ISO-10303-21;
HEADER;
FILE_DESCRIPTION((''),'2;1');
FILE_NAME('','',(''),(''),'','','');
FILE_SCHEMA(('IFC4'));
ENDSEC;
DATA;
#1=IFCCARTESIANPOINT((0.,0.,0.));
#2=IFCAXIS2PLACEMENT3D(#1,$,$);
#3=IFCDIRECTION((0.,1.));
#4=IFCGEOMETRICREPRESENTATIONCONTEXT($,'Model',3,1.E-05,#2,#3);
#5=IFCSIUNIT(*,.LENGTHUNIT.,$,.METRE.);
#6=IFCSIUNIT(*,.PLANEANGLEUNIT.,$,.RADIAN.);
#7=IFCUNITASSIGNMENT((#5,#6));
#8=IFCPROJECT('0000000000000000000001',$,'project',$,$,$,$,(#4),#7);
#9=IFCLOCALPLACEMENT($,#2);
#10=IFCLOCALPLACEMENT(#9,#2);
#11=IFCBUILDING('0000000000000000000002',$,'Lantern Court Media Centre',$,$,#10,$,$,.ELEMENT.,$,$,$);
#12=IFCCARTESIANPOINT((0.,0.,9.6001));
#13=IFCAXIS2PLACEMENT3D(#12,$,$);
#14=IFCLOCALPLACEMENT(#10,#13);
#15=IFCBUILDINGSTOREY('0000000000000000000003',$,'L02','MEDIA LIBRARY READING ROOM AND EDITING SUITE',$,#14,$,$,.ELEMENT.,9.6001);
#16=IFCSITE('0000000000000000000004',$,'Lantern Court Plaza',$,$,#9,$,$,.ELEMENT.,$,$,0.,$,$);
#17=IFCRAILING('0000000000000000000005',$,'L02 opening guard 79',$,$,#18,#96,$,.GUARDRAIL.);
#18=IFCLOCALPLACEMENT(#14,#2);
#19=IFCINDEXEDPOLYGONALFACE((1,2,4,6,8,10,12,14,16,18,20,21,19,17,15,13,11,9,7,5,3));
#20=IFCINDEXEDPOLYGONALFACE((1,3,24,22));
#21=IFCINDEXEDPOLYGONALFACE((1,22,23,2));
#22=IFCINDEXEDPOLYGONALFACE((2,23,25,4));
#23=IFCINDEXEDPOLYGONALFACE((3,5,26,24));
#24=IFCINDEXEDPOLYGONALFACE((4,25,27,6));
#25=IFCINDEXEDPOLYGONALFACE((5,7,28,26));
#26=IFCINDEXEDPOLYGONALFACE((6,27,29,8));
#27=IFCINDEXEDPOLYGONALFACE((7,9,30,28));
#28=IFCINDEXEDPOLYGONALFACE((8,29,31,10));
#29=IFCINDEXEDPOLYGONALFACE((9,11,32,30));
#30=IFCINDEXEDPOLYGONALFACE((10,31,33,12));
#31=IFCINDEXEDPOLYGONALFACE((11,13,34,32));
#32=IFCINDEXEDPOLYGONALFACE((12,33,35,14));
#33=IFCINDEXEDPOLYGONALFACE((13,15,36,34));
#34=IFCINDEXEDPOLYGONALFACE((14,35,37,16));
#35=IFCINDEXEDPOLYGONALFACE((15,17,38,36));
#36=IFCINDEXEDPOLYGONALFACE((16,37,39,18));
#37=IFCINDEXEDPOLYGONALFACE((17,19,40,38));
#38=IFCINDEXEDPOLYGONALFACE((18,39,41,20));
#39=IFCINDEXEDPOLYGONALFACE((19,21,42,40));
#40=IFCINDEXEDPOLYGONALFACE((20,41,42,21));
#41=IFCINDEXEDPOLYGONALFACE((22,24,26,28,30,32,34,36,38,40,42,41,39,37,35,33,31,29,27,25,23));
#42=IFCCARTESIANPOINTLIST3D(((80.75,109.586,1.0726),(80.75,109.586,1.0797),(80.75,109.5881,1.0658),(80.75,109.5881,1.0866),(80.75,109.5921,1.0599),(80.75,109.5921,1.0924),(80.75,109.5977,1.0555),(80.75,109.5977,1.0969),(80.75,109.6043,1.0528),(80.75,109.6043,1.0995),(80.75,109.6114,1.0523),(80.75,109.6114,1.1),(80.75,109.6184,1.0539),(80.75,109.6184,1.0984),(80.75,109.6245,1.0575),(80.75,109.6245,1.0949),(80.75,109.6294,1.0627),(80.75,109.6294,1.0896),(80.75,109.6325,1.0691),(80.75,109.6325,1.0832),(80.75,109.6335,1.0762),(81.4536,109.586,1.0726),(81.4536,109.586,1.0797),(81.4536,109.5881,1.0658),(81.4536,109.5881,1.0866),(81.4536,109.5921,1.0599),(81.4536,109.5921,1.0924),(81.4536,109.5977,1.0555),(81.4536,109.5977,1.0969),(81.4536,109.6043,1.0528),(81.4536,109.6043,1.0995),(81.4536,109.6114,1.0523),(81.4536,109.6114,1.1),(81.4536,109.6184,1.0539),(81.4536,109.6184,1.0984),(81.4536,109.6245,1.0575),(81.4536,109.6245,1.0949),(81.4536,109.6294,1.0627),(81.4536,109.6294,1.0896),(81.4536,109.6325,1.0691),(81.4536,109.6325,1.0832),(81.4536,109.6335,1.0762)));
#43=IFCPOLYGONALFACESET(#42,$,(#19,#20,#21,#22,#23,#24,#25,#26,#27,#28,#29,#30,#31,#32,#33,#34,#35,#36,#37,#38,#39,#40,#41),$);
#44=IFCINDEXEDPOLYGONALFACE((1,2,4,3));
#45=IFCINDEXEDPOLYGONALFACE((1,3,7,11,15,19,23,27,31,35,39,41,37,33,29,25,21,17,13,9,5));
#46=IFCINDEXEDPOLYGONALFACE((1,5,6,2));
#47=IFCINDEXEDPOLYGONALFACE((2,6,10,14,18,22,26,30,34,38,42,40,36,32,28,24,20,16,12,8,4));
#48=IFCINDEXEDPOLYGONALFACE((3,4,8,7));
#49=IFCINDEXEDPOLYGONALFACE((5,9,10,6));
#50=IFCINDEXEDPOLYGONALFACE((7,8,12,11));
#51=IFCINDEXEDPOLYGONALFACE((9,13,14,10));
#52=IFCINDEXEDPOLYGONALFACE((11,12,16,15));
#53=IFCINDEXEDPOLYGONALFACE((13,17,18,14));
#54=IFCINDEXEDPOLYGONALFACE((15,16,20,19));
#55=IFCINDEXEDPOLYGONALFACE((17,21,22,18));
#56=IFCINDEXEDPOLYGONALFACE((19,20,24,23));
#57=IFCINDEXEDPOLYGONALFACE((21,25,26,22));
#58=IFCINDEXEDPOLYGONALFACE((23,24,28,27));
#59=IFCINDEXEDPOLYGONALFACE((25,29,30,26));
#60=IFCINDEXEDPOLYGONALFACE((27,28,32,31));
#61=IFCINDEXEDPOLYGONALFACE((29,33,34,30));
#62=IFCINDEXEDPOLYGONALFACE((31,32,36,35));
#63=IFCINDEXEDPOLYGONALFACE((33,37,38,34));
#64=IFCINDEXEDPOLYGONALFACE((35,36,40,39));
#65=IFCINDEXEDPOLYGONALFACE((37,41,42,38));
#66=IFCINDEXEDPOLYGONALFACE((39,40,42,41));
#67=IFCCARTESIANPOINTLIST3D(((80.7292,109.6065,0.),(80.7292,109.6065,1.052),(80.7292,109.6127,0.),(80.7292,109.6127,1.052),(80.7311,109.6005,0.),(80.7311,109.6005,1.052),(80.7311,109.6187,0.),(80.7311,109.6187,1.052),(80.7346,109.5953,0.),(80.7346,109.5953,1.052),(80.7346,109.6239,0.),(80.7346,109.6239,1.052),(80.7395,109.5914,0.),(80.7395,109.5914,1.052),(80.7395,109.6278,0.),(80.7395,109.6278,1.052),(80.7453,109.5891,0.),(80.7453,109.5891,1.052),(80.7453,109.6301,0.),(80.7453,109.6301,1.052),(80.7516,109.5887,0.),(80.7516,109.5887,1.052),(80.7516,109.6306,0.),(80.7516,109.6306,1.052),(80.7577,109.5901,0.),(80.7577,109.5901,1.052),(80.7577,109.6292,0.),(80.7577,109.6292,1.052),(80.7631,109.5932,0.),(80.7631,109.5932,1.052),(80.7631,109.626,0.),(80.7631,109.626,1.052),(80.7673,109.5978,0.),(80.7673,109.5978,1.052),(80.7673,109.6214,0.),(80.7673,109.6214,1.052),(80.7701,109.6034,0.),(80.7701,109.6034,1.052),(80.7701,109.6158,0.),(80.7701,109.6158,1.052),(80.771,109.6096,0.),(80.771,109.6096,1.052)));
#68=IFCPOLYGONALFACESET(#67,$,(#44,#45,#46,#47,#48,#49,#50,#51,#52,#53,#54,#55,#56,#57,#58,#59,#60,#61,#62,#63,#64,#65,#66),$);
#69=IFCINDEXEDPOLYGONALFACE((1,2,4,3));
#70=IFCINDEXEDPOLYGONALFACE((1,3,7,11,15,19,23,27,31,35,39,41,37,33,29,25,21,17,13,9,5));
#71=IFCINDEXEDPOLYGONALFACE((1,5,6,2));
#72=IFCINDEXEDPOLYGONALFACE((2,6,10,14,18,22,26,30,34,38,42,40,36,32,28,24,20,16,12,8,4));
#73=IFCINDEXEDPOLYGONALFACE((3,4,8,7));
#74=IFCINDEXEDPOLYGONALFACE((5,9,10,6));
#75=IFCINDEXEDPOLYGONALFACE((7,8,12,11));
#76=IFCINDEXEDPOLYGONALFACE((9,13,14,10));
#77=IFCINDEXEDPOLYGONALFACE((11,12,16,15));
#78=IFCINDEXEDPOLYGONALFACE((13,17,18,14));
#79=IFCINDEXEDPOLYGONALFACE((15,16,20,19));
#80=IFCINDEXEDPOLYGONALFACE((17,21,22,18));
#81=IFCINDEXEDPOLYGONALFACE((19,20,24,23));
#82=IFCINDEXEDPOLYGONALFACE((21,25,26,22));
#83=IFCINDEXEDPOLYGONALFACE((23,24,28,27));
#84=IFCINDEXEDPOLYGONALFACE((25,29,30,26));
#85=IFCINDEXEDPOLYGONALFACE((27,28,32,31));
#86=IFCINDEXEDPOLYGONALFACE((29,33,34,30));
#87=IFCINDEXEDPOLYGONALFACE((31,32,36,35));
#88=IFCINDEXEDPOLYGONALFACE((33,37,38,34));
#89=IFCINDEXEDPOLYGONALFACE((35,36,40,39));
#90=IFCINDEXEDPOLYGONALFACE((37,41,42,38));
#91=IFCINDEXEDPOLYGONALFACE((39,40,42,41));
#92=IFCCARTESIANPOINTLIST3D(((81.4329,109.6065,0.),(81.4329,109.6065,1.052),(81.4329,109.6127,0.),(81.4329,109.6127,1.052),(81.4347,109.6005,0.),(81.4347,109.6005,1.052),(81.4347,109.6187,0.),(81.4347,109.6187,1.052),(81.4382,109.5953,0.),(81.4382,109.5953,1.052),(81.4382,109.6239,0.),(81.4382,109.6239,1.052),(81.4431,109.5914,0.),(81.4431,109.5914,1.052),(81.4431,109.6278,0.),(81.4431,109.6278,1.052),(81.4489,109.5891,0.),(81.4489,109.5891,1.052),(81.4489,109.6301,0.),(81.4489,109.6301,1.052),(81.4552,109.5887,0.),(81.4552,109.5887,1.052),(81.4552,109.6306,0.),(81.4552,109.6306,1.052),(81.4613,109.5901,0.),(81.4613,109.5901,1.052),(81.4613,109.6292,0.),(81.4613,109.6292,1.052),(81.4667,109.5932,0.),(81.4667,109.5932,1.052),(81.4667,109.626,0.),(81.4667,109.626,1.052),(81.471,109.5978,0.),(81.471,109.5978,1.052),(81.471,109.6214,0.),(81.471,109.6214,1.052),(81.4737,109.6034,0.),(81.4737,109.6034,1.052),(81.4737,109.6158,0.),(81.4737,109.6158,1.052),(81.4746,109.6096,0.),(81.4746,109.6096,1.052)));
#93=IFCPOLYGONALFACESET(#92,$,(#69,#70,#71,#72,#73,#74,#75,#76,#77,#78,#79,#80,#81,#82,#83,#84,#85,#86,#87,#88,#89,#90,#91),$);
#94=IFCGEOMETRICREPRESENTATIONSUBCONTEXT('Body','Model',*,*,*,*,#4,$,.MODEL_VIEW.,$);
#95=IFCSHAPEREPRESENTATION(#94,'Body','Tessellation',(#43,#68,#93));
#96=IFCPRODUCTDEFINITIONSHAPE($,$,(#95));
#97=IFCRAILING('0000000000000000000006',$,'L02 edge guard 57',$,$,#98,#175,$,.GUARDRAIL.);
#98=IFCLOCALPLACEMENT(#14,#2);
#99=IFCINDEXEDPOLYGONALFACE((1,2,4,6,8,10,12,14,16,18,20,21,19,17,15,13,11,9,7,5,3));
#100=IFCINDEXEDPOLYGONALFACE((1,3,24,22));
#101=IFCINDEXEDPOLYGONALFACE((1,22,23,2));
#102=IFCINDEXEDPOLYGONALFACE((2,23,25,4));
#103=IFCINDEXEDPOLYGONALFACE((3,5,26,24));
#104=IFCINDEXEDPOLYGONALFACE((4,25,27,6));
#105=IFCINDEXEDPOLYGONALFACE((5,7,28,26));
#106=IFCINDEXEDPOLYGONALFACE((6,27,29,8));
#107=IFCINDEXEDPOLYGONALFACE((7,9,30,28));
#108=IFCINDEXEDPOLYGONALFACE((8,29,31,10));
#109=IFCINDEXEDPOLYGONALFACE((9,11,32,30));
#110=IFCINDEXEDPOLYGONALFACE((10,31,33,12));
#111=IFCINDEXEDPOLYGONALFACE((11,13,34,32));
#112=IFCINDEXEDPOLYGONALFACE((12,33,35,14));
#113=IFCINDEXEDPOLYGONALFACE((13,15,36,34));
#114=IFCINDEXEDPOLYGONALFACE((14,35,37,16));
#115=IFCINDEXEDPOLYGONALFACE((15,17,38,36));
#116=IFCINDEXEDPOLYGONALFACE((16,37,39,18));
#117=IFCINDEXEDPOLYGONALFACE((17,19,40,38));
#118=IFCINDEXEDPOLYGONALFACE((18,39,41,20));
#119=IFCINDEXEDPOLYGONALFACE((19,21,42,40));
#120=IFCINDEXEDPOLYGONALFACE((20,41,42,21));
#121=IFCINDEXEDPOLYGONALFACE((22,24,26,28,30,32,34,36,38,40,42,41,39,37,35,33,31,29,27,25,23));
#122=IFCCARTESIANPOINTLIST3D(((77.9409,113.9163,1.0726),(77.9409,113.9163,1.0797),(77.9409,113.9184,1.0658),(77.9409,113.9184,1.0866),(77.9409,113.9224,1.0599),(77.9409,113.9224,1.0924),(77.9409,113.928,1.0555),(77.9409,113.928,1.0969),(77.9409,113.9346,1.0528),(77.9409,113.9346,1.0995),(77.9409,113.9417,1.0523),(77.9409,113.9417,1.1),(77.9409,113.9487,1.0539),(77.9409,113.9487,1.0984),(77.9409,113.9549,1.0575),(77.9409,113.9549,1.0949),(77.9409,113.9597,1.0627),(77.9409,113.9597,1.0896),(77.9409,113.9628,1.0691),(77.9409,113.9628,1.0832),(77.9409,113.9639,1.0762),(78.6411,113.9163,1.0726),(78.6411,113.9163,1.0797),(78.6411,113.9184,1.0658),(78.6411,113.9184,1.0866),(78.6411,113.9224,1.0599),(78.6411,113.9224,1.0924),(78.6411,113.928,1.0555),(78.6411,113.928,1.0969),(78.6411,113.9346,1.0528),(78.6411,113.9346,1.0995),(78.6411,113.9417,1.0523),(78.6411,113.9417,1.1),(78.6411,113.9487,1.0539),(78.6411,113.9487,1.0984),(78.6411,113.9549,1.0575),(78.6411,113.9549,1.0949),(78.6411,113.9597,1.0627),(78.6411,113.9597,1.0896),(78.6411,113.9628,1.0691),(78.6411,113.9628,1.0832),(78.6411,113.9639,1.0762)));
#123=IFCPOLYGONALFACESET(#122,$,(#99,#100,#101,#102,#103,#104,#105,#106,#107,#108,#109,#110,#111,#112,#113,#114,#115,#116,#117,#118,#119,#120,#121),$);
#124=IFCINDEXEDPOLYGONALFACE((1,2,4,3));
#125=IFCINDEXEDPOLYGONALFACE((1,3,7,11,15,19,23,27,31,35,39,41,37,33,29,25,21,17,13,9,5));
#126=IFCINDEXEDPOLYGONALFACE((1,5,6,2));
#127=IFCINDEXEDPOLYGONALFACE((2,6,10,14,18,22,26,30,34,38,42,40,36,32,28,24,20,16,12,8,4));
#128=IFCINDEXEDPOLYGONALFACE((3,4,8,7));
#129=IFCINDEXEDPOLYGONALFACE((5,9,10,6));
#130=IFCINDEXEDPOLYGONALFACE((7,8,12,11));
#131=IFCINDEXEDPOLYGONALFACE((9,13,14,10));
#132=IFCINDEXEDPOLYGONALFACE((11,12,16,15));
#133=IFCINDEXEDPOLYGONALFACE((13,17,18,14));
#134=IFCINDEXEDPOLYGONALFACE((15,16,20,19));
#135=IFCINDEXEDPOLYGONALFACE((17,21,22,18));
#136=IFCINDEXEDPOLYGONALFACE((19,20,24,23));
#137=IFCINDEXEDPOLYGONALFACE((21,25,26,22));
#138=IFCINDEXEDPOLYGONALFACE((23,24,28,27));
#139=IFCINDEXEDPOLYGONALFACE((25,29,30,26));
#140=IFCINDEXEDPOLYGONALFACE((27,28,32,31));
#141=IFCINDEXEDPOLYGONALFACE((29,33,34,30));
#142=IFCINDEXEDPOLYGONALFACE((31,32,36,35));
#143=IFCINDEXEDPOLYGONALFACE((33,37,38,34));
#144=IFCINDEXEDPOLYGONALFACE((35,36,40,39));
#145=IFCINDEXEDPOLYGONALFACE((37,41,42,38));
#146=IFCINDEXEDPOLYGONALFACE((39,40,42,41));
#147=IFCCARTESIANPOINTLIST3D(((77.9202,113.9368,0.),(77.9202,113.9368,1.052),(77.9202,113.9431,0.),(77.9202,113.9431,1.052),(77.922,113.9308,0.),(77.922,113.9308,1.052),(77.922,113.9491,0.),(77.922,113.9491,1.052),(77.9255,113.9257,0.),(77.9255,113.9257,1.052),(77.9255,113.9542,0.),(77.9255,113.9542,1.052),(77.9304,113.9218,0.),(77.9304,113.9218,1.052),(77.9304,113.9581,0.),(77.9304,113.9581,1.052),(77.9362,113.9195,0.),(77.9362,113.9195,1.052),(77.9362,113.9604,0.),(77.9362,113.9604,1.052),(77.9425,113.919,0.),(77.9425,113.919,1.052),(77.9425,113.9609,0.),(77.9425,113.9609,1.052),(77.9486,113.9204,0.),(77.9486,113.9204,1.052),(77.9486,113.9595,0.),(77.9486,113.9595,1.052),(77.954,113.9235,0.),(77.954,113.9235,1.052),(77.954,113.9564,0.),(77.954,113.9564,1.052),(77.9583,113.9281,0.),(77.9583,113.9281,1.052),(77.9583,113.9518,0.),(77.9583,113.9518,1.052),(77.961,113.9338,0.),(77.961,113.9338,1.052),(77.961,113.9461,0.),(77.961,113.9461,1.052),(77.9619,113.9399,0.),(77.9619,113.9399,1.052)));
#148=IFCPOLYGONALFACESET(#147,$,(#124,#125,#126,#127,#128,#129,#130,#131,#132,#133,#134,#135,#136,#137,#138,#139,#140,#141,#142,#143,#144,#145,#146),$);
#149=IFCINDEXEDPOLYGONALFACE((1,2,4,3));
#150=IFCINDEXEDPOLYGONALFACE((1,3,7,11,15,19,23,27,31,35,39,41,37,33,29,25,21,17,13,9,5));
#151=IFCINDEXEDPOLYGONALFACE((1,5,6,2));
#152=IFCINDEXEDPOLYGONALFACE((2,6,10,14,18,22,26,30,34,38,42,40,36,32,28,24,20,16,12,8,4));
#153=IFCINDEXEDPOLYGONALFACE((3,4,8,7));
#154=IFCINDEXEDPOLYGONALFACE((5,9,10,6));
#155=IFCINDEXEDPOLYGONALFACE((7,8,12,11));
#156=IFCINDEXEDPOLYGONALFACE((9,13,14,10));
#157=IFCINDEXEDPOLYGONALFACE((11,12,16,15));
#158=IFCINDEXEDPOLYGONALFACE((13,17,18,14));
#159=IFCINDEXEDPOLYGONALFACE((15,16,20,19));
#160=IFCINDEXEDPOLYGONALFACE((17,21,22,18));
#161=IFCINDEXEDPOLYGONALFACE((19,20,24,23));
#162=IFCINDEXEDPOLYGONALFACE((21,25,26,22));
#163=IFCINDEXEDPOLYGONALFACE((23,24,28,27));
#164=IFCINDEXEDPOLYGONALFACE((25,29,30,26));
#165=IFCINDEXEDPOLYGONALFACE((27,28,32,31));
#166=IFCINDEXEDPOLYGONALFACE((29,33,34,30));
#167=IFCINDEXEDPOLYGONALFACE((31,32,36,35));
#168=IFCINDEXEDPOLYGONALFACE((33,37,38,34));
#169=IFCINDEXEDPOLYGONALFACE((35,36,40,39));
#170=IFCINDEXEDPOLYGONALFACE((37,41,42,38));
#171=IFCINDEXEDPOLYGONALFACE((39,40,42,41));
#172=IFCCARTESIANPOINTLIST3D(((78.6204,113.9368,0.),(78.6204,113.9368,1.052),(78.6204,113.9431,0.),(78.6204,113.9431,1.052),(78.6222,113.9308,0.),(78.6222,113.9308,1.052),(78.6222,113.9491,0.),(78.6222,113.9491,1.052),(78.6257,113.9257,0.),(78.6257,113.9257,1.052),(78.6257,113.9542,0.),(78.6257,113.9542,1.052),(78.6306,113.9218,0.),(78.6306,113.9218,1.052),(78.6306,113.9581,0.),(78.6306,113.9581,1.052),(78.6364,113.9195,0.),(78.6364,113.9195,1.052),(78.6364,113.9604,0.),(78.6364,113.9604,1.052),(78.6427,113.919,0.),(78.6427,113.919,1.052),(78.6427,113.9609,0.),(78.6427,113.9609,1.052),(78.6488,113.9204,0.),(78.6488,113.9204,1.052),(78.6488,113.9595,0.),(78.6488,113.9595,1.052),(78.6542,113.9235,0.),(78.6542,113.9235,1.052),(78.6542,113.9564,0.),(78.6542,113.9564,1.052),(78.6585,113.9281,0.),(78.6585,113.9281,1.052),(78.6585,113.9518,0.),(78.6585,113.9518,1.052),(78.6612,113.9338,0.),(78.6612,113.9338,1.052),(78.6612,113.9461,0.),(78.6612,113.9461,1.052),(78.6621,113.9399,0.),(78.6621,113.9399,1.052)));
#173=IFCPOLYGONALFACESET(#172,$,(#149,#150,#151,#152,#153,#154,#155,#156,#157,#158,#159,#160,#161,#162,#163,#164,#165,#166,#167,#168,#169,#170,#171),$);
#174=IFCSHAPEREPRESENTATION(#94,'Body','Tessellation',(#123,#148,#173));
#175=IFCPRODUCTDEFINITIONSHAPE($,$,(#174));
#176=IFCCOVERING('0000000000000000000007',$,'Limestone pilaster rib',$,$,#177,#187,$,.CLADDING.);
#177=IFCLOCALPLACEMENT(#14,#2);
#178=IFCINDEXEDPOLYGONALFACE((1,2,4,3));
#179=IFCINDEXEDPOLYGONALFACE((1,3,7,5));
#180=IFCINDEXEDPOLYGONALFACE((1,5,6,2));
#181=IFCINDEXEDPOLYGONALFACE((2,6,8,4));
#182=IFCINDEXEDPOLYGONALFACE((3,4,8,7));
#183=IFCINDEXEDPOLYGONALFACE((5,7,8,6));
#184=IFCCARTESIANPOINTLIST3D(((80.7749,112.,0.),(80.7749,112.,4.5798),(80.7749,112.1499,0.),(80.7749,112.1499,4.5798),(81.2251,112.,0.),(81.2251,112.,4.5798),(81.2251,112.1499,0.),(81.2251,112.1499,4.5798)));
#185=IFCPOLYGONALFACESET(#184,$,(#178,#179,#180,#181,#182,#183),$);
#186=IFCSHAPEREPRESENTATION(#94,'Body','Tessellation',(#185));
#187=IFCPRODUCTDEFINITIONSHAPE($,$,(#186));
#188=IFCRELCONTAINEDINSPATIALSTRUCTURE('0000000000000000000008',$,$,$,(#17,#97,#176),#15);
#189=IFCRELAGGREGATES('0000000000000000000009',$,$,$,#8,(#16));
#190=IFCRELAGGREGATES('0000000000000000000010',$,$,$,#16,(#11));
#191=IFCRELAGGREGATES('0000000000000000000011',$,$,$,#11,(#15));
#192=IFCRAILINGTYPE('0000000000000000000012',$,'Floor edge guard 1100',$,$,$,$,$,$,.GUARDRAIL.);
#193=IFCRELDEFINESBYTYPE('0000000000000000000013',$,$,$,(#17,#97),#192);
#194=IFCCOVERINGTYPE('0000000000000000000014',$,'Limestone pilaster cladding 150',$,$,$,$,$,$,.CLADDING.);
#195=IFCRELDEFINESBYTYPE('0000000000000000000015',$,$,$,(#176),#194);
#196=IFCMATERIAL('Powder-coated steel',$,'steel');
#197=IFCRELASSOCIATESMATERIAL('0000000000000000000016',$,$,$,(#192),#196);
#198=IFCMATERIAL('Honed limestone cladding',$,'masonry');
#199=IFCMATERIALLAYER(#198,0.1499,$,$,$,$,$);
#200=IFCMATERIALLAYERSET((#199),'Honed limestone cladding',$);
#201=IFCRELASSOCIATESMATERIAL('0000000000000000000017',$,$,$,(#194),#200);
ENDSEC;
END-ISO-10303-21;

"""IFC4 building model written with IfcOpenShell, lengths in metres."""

from ifc_helpers import new_model, si_unit, direction, frame, frame_2d, origin, origin_2d, place, context, subcontext, project, spatial, rectangle, circle, extrude, material, layer, layer_set, type_object, element, save


model = new_model("IFC4")

# Units and contexts
model_context = context("Model", 3, precision=1e-05, world=origin(), true_north=direction((0.0, 1.0)))
body_context = subcontext(model_context, "Body", "Model", "MODEL_VIEW")
ifc_project = project(units=[si_unit("LENGTHUNIT", "METRE"), si_unit("PLANEANGLEUNIT", "RADIAN")], contexts=[model_context])

# Site, building, storey
site_placement = place(None, origin())
site = spatial("IfcSite", under=ifc_project, at=site_placement, Name="Lantern Court Plaza", CompositionType="ELEMENT", RefElevation=0.0)
building_placement = place(site_placement, origin())
building = spatial("IfcBuilding", under=site, at=building_placement, Name="Lantern Court Media Centre", CompositionType="ELEMENT")
storey_placement = place(building_placement, frame((0.0, 0.0, 9.6001)))
storey = spatial("IfcBuildingStorey", under=building, at=storey_placement, Name="L02", Description="MEDIA LIBRARY READING ROOM AND EDITING SUITE", CompositionType="ELEMENT", Elevation=9.6001)

# Railings
ifc_material_1 = material(Name="Powder-coated steel", Category="steel")
railing_type_1 = type_object("IfcRailingType", Name="Floor edge guard 1100", PredefinedType="GUARDRAIL", material=ifc_material_1)
railing_1_placement = place(storey_placement, frame((80.75, 109.6096, 0.0)))
element("IfcRailing", 1, at=railing_1_placement, inside=storey, type_object=railing_type_1, Name="L02 opening guard 79", PredefinedType="GUARDRAIL", context=body_context, shape_type="SweptSolid", body=[
    extrude(circle(Radius=0.0239, at=origin_2d()), frame((0.0, 0.0, 1.0762), z_axis=(1.0, 0.0, 0.0), x_axis=(0.0, 1.0, 0.0)), (0.0, 0.0, 1.0), 0.7036),
    extrude(circle(Radius=0.021, at=origin_2d()), origin(), (0.0, 0.0, 1.0), 1.052),
    extrude(circle(Radius=0.021, at=origin_2d()), frame((0.7036, 0.0, 0.0)), (0.0, 0.0, 1.0), 1.052),
])
railing_2_placement = place(storey_placement, frame((77.9409, 113.9399, 0.0)))
element("IfcRailing", 2, at=railing_2_placement, inside=storey, type_object=railing_type_1, Name="L02 edge guard 57", PredefinedType="GUARDRAIL", context=body_context, shape_type="SweptSolid", body=[
    extrude(circle(Radius=0.0239, at=origin_2d()), frame((0.0, 0.0, 1.0762), z_axis=(1.0, 0.0, 0.0), x_axis=(0.0, 1.0, 0.0)), (0.0, 0.0, 1.0), 0.7002),
    extrude(circle(Radius=0.021, at=origin_2d()), origin(), (0.0, 0.0, 1.0), 1.052),
    extrude(circle(Radius=0.021, at=origin_2d()), frame((0.7002, 0.0, 0.0)), (0.0, 0.0, 1.0), 1.052),
])

# Covering
ifc_material_2 = material(Name="Honed limestone cladding", Category="masonry")
ifc_layer_1 = layer(ifc_material_2, 0.1499)
ifc_layer_set_1 = layer_set([ifc_layer_1], Name="Honed limestone cladding")
covering_type = type_object("IfcCoveringType", Name="Limestone pilaster cladding 150", PredefinedType="CLADDING", material=ifc_layer_set_1)
covering_placement = place(storey_placement, frame((80.7749, 112.075, 0.0), z_axis=(0.0, 0.0, 1.0), x_axis=(1.0, 0.0, 0.0)))
element("IfcCovering", 3, at=covering_placement, inside=storey, type_object=covering_type, Name="Limestone pilaster rib", PredefinedType="CLADDING", context=body_context, shape_type="SweptSolid", body=[
    extrude(rectangle(XDim=0.4502, YDim=0.1499, at=frame_2d((0.2251, 0.0))), origin(), (0.0, 0.0, 1.0), 4.5798),
])

save(model, "model.ifc")
